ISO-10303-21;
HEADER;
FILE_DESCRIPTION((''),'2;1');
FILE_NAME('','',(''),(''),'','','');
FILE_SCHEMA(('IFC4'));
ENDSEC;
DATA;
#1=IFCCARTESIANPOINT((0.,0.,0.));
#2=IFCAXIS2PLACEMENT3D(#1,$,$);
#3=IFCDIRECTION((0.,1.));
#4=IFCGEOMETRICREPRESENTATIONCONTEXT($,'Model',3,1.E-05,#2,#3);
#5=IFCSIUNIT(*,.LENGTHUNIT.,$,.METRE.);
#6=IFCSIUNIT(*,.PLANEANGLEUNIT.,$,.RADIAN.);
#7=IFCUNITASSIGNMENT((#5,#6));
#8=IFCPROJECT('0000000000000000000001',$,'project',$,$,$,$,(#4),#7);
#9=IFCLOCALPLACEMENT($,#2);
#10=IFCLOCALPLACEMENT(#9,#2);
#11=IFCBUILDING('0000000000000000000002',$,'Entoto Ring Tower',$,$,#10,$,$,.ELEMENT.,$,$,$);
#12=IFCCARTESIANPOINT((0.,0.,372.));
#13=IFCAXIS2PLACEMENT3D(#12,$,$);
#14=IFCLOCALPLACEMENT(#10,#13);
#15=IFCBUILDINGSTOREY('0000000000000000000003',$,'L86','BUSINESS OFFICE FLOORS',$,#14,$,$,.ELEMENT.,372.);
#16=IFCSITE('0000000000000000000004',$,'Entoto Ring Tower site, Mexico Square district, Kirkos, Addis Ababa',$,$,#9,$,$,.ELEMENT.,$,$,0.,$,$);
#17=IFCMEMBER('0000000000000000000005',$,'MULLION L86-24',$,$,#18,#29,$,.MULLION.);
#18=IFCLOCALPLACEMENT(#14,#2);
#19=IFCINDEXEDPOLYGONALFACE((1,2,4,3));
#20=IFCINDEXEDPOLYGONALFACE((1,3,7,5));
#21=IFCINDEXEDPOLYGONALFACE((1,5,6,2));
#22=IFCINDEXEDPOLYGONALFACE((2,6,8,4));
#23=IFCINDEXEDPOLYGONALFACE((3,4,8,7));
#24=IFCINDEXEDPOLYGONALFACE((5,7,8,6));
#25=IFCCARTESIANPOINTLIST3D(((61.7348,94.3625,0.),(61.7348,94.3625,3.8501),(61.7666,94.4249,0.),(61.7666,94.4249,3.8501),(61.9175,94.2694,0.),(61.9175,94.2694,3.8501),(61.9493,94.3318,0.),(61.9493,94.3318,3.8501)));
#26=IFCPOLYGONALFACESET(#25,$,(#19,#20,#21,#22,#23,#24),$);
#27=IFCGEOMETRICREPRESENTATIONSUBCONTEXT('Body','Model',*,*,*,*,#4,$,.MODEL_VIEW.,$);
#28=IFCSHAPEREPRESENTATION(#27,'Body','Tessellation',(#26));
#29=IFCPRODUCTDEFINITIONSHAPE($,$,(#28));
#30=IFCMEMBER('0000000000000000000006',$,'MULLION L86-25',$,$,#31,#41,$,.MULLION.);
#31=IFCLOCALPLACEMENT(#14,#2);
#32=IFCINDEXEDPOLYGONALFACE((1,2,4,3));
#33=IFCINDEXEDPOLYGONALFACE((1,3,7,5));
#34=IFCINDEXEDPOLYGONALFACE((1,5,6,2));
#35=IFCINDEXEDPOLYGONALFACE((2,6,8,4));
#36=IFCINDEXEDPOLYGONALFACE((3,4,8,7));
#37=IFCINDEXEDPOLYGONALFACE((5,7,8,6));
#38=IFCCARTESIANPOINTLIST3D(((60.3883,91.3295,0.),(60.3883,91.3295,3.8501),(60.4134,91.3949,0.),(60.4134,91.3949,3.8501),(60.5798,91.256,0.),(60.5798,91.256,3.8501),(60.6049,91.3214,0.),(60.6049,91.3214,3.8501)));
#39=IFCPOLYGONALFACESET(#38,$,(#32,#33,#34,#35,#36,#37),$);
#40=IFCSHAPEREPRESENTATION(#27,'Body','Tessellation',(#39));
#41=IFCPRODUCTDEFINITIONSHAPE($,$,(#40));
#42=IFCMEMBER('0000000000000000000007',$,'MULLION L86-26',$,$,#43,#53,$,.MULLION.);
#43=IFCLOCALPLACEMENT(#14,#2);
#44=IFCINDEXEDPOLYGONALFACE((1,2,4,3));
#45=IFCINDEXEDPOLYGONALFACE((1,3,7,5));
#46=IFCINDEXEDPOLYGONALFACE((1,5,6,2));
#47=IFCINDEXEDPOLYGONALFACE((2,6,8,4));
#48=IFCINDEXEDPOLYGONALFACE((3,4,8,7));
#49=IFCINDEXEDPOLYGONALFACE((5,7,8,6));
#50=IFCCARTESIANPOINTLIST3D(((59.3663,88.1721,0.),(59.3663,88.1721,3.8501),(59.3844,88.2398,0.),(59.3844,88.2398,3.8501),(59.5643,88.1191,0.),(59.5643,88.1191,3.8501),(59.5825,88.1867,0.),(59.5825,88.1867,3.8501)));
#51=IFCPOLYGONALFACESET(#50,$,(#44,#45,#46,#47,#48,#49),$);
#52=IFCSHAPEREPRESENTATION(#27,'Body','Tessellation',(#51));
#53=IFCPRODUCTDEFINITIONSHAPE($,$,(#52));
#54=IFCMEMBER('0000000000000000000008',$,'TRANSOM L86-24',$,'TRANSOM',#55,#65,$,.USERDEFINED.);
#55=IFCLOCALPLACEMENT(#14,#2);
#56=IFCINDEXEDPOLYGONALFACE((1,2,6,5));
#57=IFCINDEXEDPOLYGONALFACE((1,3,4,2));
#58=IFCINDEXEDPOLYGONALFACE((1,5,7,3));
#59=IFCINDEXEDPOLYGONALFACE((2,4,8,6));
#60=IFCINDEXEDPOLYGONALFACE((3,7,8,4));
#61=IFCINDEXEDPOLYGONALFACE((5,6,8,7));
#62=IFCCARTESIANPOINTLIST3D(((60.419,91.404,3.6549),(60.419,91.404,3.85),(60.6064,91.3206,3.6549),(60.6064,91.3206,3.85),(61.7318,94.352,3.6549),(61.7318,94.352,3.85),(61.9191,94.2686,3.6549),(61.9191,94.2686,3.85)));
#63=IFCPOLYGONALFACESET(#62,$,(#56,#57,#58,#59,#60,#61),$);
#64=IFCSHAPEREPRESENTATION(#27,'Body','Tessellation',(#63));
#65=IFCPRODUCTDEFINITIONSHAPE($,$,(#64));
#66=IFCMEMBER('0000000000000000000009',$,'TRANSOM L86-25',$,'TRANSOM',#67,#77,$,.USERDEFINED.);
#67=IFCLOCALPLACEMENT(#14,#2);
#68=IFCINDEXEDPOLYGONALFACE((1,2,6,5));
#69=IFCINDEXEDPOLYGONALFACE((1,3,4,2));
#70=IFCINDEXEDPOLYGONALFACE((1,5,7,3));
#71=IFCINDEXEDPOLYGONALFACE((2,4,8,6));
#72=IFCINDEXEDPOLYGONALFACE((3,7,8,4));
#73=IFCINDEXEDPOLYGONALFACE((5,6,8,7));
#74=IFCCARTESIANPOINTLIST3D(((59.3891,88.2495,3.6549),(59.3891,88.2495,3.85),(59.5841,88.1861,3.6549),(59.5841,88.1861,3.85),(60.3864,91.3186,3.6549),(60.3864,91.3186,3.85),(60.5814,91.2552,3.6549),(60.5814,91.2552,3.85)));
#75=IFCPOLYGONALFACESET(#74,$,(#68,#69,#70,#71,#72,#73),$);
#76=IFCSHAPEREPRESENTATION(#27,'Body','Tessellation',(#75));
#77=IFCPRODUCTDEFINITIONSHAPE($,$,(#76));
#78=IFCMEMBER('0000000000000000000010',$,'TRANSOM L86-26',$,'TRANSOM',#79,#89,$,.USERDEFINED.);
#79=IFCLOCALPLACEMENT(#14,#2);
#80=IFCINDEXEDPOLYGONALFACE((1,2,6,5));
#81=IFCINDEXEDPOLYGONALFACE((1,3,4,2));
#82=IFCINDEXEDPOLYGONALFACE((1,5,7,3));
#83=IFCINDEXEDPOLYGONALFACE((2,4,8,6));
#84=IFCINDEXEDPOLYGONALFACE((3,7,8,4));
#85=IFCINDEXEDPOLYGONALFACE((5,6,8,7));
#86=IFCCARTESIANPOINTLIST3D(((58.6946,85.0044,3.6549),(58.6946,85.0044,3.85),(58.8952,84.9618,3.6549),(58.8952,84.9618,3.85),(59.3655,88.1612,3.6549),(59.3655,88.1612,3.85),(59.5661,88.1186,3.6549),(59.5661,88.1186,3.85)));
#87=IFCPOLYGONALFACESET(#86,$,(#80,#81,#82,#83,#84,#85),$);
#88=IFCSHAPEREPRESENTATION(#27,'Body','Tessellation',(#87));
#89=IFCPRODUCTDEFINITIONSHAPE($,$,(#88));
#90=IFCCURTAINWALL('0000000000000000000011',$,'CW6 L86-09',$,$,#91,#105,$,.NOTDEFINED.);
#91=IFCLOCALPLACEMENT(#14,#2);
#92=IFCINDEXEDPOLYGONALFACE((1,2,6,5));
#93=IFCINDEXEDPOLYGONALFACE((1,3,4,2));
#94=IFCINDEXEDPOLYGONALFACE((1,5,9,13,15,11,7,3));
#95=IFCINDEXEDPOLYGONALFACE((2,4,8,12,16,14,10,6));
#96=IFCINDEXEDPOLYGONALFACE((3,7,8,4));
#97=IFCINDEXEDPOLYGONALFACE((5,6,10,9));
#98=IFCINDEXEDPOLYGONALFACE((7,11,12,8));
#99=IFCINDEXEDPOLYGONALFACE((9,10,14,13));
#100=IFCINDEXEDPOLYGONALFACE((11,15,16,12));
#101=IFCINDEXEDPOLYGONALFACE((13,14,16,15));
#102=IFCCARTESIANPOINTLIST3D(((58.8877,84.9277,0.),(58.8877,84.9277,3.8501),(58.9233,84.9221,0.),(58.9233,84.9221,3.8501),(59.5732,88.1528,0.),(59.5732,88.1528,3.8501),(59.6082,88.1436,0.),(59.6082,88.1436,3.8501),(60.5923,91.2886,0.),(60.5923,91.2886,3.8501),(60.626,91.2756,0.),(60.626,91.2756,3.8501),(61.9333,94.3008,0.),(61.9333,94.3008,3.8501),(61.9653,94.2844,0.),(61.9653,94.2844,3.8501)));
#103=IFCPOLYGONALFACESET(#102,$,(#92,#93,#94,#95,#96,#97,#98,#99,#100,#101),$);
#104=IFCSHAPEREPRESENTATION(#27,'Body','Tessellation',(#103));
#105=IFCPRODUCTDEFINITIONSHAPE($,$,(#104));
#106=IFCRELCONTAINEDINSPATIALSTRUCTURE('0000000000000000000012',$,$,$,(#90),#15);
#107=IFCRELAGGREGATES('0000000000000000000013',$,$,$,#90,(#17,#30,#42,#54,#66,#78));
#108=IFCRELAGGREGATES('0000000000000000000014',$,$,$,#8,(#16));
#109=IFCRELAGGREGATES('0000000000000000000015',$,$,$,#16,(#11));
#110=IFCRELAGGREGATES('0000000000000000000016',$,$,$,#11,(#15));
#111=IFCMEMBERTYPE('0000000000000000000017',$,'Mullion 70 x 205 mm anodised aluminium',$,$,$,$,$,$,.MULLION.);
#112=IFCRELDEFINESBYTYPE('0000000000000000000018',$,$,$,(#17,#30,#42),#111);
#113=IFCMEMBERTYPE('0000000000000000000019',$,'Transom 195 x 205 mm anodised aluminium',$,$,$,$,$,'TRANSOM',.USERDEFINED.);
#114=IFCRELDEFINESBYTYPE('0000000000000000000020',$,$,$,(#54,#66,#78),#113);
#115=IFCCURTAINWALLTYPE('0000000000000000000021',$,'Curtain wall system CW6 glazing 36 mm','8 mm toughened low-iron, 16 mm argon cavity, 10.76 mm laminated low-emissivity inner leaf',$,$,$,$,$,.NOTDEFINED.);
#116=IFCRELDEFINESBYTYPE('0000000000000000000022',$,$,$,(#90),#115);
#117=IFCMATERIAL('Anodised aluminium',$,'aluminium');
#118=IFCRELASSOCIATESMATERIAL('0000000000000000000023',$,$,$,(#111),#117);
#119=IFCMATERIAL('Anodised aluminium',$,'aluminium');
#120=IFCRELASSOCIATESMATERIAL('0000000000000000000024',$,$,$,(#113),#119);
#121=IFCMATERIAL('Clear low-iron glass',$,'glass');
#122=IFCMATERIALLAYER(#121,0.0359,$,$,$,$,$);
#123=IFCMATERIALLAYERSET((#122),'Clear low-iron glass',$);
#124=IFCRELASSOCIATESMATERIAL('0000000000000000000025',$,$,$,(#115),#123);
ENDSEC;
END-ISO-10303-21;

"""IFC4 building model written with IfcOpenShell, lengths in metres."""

from ifc_helpers import new_model, si_unit, direction, frame, origin, origin_2d, place, context, subcontext, project, spatial, polyline, rectangle, outline, extrude, material, layer, layer_set, material_profile, profile_set, type_object, element, aggregate, save


model = new_model("IFC4")

# Units and contexts
model_context = context("Model", 3, precision=1e-05, world=origin(), true_north=direction((0.0, 1.0)))
body_context = subcontext(model_context, "Body", "Model", "MODEL_VIEW")
ifc_project = project(units=[si_unit("LENGTHUNIT", "METRE"), si_unit("PLANEANGLEUNIT", "RADIAN")], contexts=[model_context])

# Members
ifc_material_1 = material(Name="Anodised aluminium", Category="aluminium")
ifc_material_profile_1 = material_profile(ifc_material_1, rectangle(XDim=0.0701, YDim=0.2051, at=origin_2d()), Name="Mullion 70 x 205 mm anodised aluminium")
ifc_profile_set_1 = profile_set([ifc_material_profile_1], Name="Anodised aluminium")
member_type_1 = type_object("IfcMemberType", Name="Mullion 70 x 205 mm anodised aluminium", PredefinedType="MULLION", material=ifc_profile_set_1)
site_placement = place(None, origin())
building_placement = place(site_placement, origin())
storey_placement = place(building_placement, frame((0.0, 0.0, 372.0)))
member_1_placement = place(storey_placement, frame((61.842, 94.3472, 0.0), z_axis=(0.0, 0.0, 1.0), x_axis=(-0.45399, -0.891007, 0.0)))
member_1 = element("IfcMember", 1, at=member_1_placement, type_object=member_type_1, Name="MULLION L86-24", PredefinedType="MULLION", context=body_context, shape_type="SweptSolid", body=[
    extrude(rectangle(XDim=0.0701, YDim=0.2051, at=origin_2d()), origin(), (0.0, 0.0, 1.0), 3.8501),
])
member_2_placement = place(storey_placement, frame((60.4966, 91.3254, 0.0), z_axis=(0.0, 0.0, 1.0), x_axis=(-0.358368, -0.93358, 0.0)))
member_2 = element("IfcMember", 2, at=member_2_placement, type_object=member_type_1, Name="MULLION L86-25", PredefinedType="MULLION", context=body_context, shape_type="SweptSolid", body=[
    extrude(rectangle(XDim=0.0701, YDim=0.2051, at=origin_2d()), origin(), (0.0, 0.0, 1.0), 3.8501),
])
member_3_placement = place(storey_placement, frame((59.4744, 88.1794, 0.0), z_axis=(0.0, 0.0, 1.0), x_axis=(-0.258819, -0.965926, 0.0)))
member_3 = element("IfcMember", 3, at=member_3_placement, type_object=member_type_1, Name="MULLION L86-26", PredefinedType="MULLION", context=body_context, shape_type="SweptSolid", body=[
    extrude(rectangle(XDim=0.0701, YDim=0.2051, at=origin_2d()), origin(), (0.0, 0.0, 1.0), 3.8501),
])
ifc_material_2 = material(Name="Anodised aluminium", Category="aluminium")
ifc_material_profile_2 = material_profile(ifc_material_2, rectangle(XDim=0.2051, YDim=0.1951, at=origin_2d()), Name="Transom 195 x 205 mm anodised aluminium")
ifc_profile_set_2 = profile_set([ifc_material_profile_2], Name="Anodised aluminium")
member_type_2 = type_object("IfcMemberType", Name="Transom 195 x 205 mm anodised aluminium", ElementType="TRANSOM", PredefinedType="USERDEFINED", material=ifc_profile_set_2)
member_4_placement = place(storey_placement, frame((61.8254, 94.3103, 3.7524), z_axis=(-0.406791, -0.913521, 0.0), x_axis=(0.913521, -0.406791, 0.0)))
member_4 = element("IfcMember", 4, at=member_4_placement, type_object=member_type_2, Name="TRANSOM L86-24", ObjectType="TRANSOM", PredefinedType="USERDEFINED", context=body_context, shape_type="SweptSolid", body=[
    extrude(rectangle(XDim=0.2051, YDim=0.1951, at=origin_2d()), origin(), (0.0, 0.0, 1.0), 3.2271),
])
member_5_placement = place(storey_placement, frame((60.4839, 91.2869, 3.7524), z_axis=(-0.309047, -0.951047, 0.0), x_axis=(0.951047, -0.309047, 0.0)))
member_5 = element("IfcMember", 5, at=member_5_placement, type_object=member_type_2, Name="TRANSOM L86-25", ObjectType="TRANSOM", PredefinedType="USERDEFINED", context=body_context, shape_type="SweptSolid", body=[
    extrude(rectangle(XDim=0.2051, YDim=0.1951, at=origin_2d()), origin(), (0.0, 0.0, 1.0), 3.2271),
])
member_6_placement = place(storey_placement, frame((59.4658, 88.1399, 3.7524), z_axis=(-0.207886, -0.978153, 0.0), x_axis=(0.978153, -0.207886, 0.0)))
member_6 = element("IfcMember", 6, at=member_6_placement, type_object=member_type_2, Name="TRANSOM L86-26", ObjectType="TRANSOM", PredefinedType="USERDEFINED", context=body_context, shape_type="SweptSolid", body=[
    extrude(rectangle(XDim=0.2051, YDim=0.1951, at=origin_2d()), origin(), (0.0, 0.0, 1.0), 3.2273),
])

# Site, building, storey
site = spatial("IfcSite", under=ifc_project, at=site_placement, Name="Entoto Ring Tower site, Mexico Square district, Kirkos, Addis Ababa", CompositionType="ELEMENT", RefElevation=0.0)
building = spatial("IfcBuilding", under=site, at=building_placement, Name="Entoto Ring Tower", CompositionType="ELEMENT")
storey = spatial("IfcBuildingStorey", under=building, at=storey_placement, Name="L86", Description="BUSINESS OFFICE FLOORS", CompositionType="ELEMENT", Elevation=372.0)

# Curtain wall
ifc_material_3 = material(Name="Clear low-iron glass", Category="glass")
ifc_layer = layer(ifc_material_3, 0.0359)
ifc_layer_set = layer_set([ifc_layer], Name="Clear low-iron glass")
curtain_wall_type = type_object("IfcCurtainWallType", Name="Curtain wall system CW6 glazing 36 mm", Description="8 mm toughened low-iron, 16 mm argon cavity, 10.76 mm laminated low-emissivity inner leaf", PredefinedType="NOTDEFINED", material=ifc_layer_set)
curtain_wall_1_placement = place(storey_placement, origin())
curtain_wall_1 = element("IfcCurtainWall", 7, at=curtain_wall_1_placement, inside=storey, type_object=curtain_wall_type, Name="CW6 L86-09", PredefinedType="NOTDEFINED", context=body_context, shape_type="SweptSolid", body=[
    extrude(outline(polyline([(61.9333, 94.3008), (60.5923, 91.2886), (59.5732, 88.1528), (58.8877, 84.9277), (58.9233, 84.9221), (59.6082, 88.1436), (60.626, 91.2756), (61.9653, 94.2844), (61.9333, 94.3008)])), origin(), (0.0, 0.0, 1.0), 3.8501),
])
aggregate(curtain_wall_1, [member_1, member_2, member_3, member_4, member_5, member_6])

save(model, "model.ifc")
